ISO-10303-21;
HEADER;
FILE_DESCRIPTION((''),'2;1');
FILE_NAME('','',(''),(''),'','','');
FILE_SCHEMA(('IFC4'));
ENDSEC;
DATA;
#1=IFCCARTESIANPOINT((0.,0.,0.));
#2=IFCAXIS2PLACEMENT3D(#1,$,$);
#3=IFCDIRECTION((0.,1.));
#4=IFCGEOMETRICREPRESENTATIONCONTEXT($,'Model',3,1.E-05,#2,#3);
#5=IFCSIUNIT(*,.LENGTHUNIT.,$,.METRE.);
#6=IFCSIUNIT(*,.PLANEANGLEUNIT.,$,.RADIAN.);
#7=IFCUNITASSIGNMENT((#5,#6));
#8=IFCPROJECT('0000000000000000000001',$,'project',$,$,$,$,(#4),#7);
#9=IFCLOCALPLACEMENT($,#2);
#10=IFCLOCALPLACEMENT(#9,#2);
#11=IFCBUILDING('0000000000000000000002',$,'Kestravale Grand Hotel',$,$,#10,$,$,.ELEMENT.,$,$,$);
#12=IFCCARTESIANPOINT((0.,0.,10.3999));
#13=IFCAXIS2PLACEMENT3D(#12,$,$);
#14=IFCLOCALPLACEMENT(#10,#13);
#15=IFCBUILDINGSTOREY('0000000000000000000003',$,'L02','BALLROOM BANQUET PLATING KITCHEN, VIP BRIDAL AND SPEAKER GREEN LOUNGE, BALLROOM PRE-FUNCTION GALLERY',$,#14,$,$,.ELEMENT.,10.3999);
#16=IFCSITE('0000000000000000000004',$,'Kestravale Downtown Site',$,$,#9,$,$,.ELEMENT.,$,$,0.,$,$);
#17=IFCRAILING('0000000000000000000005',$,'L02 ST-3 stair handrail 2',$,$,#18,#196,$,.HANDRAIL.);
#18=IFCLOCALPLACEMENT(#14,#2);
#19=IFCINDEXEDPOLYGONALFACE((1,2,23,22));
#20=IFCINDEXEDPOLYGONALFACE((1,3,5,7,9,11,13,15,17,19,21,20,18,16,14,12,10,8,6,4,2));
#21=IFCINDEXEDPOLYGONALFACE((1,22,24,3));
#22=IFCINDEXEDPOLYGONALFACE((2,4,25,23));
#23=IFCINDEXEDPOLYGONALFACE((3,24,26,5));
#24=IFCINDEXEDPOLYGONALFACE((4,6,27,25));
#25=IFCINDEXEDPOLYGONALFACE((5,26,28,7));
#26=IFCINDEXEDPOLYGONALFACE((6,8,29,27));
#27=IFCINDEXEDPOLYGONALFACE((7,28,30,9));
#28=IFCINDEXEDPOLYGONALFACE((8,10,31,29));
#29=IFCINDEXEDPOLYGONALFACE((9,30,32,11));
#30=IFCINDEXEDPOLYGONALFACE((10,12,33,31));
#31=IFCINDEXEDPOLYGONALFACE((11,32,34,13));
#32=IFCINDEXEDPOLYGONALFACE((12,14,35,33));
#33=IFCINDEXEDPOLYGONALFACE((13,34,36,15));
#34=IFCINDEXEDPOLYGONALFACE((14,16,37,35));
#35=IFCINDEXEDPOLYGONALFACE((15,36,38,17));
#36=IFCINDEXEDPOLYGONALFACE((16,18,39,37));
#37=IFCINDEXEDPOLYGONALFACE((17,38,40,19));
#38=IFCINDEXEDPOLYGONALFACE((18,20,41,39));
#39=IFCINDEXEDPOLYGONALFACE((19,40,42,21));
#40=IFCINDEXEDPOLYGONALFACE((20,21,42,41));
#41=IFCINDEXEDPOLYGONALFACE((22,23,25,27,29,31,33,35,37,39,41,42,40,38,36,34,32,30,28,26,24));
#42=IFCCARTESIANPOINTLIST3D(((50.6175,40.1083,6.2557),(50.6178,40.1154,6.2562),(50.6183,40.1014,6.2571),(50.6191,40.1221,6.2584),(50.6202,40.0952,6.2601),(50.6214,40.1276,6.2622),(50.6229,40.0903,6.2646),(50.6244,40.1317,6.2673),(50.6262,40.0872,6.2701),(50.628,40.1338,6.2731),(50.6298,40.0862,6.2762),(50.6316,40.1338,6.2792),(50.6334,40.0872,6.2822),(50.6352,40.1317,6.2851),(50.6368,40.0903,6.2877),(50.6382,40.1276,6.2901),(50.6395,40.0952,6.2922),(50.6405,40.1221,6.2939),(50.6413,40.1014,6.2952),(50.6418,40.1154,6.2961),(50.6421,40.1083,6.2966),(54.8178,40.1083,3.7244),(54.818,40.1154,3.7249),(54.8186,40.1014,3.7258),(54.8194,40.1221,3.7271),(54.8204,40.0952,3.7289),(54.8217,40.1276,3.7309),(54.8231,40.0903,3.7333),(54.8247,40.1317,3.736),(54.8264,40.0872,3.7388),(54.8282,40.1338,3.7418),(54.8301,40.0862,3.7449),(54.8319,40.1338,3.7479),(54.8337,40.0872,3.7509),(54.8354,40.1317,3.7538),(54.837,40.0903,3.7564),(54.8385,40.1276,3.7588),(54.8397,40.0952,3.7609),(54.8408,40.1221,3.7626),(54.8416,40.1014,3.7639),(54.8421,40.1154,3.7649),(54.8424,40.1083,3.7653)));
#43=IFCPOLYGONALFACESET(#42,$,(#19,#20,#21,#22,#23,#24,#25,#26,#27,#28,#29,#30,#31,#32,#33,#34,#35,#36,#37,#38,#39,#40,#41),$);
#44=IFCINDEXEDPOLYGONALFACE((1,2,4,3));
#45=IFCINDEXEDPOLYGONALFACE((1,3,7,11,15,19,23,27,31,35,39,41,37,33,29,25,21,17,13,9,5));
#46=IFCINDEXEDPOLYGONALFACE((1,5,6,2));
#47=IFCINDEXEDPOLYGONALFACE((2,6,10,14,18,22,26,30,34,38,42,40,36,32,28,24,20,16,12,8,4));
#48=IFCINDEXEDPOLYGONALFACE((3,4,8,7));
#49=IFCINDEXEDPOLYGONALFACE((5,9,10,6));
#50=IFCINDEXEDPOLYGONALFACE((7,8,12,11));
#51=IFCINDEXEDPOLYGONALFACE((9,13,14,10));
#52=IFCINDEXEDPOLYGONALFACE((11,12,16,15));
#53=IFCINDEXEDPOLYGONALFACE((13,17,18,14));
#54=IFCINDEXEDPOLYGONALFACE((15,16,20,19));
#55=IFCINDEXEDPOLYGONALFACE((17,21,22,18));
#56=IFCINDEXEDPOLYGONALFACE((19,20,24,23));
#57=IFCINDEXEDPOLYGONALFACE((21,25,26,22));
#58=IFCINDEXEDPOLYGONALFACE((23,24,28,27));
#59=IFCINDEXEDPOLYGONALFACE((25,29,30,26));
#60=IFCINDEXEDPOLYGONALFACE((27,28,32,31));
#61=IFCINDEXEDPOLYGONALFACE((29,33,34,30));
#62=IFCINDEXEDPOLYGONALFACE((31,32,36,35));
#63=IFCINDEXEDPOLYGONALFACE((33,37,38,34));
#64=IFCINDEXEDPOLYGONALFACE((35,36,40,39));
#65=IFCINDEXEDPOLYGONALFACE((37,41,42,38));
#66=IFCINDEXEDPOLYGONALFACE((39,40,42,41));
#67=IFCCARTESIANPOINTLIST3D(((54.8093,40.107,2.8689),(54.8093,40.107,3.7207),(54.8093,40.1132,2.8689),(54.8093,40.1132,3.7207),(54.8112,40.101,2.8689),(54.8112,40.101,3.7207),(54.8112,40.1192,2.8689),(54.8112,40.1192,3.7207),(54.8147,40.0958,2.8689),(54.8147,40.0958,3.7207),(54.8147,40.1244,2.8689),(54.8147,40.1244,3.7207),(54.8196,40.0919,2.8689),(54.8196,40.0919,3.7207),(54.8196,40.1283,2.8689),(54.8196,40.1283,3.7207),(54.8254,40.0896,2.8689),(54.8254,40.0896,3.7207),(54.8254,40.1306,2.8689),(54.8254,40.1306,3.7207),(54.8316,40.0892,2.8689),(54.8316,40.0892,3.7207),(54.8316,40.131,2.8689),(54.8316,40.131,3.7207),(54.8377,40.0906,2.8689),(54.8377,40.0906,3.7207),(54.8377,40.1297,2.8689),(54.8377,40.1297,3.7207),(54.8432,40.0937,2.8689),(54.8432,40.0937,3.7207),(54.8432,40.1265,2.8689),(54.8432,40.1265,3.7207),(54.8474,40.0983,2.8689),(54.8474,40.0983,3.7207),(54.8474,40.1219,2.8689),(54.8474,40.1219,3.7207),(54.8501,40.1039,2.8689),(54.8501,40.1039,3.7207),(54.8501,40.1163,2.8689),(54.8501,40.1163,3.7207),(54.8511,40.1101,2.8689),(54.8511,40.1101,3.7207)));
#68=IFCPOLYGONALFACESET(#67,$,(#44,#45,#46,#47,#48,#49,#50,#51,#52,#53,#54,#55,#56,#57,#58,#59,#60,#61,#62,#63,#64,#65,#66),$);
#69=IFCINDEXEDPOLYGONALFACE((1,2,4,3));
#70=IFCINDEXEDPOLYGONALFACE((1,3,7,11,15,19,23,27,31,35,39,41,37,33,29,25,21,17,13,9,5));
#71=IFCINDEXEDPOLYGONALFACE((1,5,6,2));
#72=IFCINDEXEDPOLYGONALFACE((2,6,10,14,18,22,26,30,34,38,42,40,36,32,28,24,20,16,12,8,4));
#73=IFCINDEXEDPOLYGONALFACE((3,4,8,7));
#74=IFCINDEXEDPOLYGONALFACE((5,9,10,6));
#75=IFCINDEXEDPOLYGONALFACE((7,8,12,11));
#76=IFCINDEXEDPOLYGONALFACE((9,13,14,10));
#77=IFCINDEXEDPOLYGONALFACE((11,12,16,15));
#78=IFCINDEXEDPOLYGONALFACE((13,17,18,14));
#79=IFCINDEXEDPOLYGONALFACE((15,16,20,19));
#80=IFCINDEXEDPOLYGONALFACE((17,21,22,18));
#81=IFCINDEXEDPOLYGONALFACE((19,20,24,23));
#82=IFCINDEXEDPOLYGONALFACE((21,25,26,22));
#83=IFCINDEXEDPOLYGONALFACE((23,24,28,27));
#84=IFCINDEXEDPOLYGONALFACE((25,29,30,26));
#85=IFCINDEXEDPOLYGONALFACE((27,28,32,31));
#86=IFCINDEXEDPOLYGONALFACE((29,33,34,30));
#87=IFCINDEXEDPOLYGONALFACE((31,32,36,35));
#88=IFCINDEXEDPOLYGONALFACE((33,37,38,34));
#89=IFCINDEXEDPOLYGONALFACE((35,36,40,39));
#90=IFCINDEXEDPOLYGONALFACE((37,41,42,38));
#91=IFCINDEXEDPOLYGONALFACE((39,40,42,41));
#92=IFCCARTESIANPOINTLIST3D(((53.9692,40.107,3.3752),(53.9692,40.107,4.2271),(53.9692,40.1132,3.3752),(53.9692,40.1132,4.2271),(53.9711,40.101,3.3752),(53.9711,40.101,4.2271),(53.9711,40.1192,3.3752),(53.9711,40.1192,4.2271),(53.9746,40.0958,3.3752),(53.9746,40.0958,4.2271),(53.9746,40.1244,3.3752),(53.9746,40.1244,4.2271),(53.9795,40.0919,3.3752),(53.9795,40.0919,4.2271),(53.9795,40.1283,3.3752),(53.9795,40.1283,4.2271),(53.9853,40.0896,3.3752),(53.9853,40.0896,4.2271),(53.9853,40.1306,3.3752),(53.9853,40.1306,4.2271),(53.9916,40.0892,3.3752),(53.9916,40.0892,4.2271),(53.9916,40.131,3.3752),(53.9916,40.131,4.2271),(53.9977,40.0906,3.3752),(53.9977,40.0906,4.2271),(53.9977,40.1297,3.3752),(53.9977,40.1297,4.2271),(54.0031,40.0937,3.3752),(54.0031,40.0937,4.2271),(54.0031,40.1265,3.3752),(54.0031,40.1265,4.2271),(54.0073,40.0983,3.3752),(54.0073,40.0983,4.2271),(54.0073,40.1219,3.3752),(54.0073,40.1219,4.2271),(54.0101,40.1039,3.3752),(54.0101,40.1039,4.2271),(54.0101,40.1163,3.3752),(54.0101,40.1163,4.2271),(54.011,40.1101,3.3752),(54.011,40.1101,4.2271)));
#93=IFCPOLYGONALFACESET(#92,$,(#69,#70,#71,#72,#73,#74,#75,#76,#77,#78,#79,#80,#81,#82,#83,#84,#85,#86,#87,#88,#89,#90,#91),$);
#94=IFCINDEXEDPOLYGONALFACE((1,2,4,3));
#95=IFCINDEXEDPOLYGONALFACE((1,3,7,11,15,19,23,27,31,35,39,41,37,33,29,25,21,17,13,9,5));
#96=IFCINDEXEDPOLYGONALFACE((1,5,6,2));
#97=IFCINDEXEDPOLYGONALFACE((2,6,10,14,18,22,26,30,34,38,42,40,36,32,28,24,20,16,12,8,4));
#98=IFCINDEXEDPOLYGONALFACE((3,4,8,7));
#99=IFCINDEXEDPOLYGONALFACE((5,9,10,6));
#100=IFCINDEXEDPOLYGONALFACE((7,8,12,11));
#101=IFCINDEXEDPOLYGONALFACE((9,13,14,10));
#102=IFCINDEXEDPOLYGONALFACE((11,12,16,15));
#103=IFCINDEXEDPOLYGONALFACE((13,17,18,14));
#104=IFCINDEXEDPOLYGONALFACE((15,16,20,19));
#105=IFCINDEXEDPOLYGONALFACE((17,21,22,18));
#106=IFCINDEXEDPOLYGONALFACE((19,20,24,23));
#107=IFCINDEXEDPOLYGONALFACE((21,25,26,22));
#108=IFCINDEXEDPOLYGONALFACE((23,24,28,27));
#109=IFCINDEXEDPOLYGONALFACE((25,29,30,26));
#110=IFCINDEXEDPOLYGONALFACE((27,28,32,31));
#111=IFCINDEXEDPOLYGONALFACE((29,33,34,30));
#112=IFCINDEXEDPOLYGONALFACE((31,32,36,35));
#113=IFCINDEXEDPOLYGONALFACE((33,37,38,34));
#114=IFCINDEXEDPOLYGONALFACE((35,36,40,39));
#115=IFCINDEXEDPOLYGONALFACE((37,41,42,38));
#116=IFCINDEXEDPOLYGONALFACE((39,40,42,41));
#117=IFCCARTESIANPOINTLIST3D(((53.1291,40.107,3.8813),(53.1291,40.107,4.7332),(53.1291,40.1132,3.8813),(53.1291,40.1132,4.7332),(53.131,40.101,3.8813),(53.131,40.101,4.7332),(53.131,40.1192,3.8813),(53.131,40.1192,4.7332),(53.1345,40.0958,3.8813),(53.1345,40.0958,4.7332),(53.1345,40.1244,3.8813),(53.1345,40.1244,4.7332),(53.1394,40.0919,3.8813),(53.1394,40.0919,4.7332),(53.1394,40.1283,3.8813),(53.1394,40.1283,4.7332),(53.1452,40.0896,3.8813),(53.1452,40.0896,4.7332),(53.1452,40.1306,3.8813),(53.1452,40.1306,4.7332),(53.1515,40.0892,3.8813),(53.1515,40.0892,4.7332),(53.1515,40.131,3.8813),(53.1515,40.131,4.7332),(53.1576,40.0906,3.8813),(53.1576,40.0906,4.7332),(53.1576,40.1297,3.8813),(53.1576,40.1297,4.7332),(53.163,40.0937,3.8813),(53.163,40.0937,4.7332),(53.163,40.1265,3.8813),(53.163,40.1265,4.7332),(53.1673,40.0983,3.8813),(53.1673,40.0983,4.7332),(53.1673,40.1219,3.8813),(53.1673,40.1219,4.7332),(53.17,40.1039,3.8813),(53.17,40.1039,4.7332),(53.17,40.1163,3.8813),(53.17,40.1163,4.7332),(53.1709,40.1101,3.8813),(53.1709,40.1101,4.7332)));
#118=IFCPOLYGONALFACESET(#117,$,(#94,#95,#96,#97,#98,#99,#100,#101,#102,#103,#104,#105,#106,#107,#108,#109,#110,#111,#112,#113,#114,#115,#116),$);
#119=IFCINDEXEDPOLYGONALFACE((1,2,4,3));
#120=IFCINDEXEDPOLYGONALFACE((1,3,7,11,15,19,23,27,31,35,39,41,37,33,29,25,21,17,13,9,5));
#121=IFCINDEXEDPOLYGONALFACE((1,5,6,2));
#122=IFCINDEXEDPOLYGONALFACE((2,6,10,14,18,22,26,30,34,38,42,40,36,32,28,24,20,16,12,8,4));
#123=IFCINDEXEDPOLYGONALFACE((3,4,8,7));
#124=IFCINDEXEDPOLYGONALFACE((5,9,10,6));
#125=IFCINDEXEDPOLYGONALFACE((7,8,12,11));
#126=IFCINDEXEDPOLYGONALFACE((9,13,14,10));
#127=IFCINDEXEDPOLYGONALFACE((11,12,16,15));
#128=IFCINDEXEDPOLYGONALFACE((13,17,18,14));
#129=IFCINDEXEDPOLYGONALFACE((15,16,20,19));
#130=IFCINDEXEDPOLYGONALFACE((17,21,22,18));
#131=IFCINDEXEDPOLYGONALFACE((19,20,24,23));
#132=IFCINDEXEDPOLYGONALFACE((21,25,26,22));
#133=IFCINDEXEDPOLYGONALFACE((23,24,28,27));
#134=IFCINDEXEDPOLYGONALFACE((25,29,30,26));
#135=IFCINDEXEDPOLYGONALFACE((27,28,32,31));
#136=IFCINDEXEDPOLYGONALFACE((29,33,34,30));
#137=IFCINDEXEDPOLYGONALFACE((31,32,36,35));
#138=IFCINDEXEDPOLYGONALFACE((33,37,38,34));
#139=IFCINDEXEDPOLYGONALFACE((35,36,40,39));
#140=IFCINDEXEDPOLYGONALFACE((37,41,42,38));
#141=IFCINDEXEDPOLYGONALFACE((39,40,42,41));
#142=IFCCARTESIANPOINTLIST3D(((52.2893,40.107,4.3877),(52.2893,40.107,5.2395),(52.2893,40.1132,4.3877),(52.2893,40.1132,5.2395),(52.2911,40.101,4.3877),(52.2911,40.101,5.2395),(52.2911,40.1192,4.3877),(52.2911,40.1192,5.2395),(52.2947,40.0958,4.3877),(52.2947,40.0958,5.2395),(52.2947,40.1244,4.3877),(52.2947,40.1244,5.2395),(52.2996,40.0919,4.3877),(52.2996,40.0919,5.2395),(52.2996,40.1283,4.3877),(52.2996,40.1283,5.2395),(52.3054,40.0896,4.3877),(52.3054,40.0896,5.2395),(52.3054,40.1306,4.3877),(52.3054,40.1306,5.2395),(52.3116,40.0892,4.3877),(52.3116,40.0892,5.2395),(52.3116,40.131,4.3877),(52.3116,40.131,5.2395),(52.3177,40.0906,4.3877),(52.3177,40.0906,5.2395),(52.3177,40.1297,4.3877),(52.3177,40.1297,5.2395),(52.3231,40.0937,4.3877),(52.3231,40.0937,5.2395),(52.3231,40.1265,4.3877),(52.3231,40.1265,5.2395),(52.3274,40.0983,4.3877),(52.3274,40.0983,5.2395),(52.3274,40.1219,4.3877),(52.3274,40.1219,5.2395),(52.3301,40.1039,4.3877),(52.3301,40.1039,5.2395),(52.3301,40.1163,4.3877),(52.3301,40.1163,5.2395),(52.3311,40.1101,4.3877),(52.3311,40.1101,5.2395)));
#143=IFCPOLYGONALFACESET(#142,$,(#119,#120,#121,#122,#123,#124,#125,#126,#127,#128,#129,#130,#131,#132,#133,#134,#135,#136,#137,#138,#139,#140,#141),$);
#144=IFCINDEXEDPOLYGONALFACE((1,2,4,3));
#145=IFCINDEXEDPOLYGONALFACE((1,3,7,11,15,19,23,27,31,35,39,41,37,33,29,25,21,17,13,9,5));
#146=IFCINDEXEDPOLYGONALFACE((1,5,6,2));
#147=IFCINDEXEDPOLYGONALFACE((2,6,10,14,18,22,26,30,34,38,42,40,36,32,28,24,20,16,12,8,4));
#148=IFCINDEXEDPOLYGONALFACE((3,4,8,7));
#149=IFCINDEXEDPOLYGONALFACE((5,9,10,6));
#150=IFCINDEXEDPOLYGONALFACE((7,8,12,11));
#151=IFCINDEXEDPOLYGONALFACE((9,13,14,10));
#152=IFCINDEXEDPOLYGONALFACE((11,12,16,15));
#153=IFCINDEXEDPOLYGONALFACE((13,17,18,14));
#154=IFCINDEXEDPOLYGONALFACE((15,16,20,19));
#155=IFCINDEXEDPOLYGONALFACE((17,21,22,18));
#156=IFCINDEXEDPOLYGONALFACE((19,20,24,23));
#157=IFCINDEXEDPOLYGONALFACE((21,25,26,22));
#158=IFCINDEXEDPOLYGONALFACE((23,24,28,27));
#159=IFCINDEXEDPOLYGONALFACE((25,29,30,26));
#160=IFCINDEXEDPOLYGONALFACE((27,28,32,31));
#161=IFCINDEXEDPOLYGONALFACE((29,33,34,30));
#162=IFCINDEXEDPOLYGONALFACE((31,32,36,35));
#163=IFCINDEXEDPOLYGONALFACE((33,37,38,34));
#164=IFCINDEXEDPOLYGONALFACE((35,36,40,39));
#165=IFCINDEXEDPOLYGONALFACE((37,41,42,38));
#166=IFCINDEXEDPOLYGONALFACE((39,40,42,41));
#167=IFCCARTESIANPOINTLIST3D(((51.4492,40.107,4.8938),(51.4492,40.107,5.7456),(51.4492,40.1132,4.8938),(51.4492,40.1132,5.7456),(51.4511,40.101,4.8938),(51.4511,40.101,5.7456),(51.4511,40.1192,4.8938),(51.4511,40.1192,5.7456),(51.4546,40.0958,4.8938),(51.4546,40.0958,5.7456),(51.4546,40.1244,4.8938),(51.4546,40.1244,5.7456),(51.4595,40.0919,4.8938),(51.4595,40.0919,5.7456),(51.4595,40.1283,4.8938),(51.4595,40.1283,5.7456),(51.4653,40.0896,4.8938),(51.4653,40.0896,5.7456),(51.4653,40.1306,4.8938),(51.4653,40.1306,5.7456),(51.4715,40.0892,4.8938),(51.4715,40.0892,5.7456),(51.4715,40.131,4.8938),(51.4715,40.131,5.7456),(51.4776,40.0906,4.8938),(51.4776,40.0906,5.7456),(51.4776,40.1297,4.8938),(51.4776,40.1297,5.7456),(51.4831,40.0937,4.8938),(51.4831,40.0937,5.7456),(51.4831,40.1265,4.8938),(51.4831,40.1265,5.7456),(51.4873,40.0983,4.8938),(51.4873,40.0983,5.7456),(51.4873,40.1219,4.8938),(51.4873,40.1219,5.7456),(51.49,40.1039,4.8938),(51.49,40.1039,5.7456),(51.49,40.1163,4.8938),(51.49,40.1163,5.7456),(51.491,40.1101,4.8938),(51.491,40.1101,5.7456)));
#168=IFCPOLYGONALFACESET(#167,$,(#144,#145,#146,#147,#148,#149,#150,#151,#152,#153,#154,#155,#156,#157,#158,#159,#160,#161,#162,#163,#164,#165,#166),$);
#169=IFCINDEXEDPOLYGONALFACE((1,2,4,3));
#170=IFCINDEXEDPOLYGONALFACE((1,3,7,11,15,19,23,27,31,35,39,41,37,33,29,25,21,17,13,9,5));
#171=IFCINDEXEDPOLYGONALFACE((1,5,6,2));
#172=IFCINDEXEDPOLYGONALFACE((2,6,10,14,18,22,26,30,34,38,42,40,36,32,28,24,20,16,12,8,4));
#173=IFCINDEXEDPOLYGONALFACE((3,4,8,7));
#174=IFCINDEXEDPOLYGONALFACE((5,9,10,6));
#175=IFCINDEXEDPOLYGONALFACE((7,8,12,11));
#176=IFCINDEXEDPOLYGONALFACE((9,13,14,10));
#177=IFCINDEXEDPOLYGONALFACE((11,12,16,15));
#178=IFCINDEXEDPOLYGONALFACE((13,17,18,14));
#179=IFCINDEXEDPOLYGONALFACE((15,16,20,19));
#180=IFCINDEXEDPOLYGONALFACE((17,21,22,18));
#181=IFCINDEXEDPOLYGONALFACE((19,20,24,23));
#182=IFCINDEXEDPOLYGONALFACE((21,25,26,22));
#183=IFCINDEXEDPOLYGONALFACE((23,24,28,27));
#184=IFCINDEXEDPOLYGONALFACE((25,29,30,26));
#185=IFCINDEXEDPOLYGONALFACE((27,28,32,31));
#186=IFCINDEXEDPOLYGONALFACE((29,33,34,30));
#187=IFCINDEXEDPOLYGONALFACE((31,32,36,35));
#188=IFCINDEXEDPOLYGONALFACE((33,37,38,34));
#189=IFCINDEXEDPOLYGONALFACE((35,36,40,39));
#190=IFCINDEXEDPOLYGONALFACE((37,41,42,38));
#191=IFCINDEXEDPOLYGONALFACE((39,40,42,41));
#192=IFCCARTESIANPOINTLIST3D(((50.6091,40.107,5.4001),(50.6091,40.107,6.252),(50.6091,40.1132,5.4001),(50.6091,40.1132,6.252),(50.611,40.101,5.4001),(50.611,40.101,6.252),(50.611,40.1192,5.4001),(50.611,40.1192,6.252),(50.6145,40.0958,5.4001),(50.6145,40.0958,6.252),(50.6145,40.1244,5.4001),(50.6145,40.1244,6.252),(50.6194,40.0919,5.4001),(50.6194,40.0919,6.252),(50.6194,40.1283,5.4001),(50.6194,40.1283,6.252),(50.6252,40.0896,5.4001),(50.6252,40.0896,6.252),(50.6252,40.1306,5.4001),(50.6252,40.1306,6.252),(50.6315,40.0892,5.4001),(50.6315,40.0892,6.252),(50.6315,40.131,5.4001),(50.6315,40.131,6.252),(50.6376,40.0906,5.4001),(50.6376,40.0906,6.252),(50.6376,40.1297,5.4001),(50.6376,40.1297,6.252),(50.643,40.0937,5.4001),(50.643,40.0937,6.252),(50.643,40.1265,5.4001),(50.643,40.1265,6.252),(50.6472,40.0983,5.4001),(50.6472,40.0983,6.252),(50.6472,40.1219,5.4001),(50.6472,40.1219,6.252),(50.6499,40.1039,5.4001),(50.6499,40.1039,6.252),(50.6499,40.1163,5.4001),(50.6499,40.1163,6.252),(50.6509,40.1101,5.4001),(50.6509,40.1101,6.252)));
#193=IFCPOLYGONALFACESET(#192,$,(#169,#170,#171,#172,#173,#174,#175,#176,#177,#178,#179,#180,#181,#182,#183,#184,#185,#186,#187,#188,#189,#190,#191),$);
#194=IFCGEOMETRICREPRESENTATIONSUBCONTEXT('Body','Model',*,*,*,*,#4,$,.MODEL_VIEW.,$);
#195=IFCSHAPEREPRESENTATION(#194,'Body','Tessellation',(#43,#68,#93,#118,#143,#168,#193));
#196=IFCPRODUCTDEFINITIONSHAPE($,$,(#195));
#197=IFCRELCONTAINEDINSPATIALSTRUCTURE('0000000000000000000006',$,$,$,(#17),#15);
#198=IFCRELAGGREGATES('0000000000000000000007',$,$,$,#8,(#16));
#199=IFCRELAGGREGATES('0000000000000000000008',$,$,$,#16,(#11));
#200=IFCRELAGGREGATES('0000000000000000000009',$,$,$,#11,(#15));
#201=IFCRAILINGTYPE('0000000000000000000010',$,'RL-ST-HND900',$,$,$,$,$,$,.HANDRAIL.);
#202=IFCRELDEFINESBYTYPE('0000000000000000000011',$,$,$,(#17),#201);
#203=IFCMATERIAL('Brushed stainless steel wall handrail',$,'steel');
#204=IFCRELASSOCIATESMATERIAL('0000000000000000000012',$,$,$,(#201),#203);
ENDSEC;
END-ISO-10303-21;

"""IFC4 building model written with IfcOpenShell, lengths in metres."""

from ifc_helpers import new_model, si_unit, direction, frame, origin, origin_2d, place, context, subcontext, project, spatial, circle, extrude, material, type_object, element, save


model = new_model("IFC4")

# Units and contexts
model_context = context("Model", 3, precision=1e-05, world=origin(), true_north=direction((0.0, 1.0)))
body_context = subcontext(model_context, "Body", "Model", "MODEL_VIEW")
ifc_project = project(units=[si_unit("LENGTHUNIT", "METRE"), si_unit("PLANEANGLEUNIT", "RADIAN")], contexts=[model_context])

# Site, building, storey
site_placement = place(None, origin())
site = spatial("IfcSite", under=ifc_project, at=site_placement, Name="Kestravale Downtown Site", CompositionType="ELEMENT", RefElevation=0.0)
building_placement = place(site_placement, origin())
building = spatial("IfcBuilding", under=site, at=building_placement, Name="Kestravale Grand Hotel", CompositionType="ELEMENT")
storey_placement = place(building_placement, frame((0.0, 0.0, 10.3999)))
storey = spatial("IfcBuildingStorey", under=building, at=storey_placement, Name="L02", Description="BALLROOM BANQUET PLATING KITCHEN, VIP BRIDAL AND SPEAKER GREEN LOUNGE, BALLROOM PRE-FUNCTION GALLERY", CompositionType="ELEMENT", Elevation=10.3999)

# Railing
ifc_material_1 = material(Name="Brushed stainless steel wall handrail", Category="steel")
railing_type_1 = type_object("IfcRailingType", Name="RL-ST-HND900", PredefinedType="HANDRAIL", material=ifc_material_1)
railing_1_placement = place(storey_placement, frame((54.8301, 40.1101, 2.8689)))
element("IfcRailing", 1, at=railing_1_placement, inside=storey, type_object=railing_type_1, Name="L02 ST-3 stair handrail 2", PredefinedType="HANDRAIL", context=body_context, shape_type="SweptSolid", body=[
    extrude(circle(Radius=0.0239, at=origin_2d()), frame((0.0, 0.0, 0.876), z_axis=(-0.85649, 0.0, 0.516164), x_axis=(0.0, -1.0, 0.0)), (0.0, 0.0, 1.0), 4.9041),
    extrude(circle(Radius=0.021, at=origin_2d()), origin(), (0.0, 0.0, 1.0), 0.8518),
    extrude(circle(Radius=0.021, at=origin_2d()), frame((-0.8401, 0.0, 0.5063)), (0.0, 0.0, 1.0), 0.8518),
    extrude(circle(Radius=0.021, at=origin_2d()), frame((-1.6802, 0.0, 1.0125)), (0.0, 0.0, 1.0), 0.8518),
    extrude(circle(Radius=0.021, at=origin_2d()), frame((-2.52, 0.0, 1.5188)), (0.0, 0.0, 1.0), 0.8518),
    extrude(circle(Radius=0.021, at=origin_2d()), frame((-3.3601, 0.0, 2.0249)), (0.0, 0.0, 1.0), 0.8518),
    extrude(circle(Radius=0.021, at=origin_2d()), frame((-4.2002, 0.0, 2.5312)), (0.0, 0.0, 1.0), 0.8518),
])

save(model, "model.ifc")
